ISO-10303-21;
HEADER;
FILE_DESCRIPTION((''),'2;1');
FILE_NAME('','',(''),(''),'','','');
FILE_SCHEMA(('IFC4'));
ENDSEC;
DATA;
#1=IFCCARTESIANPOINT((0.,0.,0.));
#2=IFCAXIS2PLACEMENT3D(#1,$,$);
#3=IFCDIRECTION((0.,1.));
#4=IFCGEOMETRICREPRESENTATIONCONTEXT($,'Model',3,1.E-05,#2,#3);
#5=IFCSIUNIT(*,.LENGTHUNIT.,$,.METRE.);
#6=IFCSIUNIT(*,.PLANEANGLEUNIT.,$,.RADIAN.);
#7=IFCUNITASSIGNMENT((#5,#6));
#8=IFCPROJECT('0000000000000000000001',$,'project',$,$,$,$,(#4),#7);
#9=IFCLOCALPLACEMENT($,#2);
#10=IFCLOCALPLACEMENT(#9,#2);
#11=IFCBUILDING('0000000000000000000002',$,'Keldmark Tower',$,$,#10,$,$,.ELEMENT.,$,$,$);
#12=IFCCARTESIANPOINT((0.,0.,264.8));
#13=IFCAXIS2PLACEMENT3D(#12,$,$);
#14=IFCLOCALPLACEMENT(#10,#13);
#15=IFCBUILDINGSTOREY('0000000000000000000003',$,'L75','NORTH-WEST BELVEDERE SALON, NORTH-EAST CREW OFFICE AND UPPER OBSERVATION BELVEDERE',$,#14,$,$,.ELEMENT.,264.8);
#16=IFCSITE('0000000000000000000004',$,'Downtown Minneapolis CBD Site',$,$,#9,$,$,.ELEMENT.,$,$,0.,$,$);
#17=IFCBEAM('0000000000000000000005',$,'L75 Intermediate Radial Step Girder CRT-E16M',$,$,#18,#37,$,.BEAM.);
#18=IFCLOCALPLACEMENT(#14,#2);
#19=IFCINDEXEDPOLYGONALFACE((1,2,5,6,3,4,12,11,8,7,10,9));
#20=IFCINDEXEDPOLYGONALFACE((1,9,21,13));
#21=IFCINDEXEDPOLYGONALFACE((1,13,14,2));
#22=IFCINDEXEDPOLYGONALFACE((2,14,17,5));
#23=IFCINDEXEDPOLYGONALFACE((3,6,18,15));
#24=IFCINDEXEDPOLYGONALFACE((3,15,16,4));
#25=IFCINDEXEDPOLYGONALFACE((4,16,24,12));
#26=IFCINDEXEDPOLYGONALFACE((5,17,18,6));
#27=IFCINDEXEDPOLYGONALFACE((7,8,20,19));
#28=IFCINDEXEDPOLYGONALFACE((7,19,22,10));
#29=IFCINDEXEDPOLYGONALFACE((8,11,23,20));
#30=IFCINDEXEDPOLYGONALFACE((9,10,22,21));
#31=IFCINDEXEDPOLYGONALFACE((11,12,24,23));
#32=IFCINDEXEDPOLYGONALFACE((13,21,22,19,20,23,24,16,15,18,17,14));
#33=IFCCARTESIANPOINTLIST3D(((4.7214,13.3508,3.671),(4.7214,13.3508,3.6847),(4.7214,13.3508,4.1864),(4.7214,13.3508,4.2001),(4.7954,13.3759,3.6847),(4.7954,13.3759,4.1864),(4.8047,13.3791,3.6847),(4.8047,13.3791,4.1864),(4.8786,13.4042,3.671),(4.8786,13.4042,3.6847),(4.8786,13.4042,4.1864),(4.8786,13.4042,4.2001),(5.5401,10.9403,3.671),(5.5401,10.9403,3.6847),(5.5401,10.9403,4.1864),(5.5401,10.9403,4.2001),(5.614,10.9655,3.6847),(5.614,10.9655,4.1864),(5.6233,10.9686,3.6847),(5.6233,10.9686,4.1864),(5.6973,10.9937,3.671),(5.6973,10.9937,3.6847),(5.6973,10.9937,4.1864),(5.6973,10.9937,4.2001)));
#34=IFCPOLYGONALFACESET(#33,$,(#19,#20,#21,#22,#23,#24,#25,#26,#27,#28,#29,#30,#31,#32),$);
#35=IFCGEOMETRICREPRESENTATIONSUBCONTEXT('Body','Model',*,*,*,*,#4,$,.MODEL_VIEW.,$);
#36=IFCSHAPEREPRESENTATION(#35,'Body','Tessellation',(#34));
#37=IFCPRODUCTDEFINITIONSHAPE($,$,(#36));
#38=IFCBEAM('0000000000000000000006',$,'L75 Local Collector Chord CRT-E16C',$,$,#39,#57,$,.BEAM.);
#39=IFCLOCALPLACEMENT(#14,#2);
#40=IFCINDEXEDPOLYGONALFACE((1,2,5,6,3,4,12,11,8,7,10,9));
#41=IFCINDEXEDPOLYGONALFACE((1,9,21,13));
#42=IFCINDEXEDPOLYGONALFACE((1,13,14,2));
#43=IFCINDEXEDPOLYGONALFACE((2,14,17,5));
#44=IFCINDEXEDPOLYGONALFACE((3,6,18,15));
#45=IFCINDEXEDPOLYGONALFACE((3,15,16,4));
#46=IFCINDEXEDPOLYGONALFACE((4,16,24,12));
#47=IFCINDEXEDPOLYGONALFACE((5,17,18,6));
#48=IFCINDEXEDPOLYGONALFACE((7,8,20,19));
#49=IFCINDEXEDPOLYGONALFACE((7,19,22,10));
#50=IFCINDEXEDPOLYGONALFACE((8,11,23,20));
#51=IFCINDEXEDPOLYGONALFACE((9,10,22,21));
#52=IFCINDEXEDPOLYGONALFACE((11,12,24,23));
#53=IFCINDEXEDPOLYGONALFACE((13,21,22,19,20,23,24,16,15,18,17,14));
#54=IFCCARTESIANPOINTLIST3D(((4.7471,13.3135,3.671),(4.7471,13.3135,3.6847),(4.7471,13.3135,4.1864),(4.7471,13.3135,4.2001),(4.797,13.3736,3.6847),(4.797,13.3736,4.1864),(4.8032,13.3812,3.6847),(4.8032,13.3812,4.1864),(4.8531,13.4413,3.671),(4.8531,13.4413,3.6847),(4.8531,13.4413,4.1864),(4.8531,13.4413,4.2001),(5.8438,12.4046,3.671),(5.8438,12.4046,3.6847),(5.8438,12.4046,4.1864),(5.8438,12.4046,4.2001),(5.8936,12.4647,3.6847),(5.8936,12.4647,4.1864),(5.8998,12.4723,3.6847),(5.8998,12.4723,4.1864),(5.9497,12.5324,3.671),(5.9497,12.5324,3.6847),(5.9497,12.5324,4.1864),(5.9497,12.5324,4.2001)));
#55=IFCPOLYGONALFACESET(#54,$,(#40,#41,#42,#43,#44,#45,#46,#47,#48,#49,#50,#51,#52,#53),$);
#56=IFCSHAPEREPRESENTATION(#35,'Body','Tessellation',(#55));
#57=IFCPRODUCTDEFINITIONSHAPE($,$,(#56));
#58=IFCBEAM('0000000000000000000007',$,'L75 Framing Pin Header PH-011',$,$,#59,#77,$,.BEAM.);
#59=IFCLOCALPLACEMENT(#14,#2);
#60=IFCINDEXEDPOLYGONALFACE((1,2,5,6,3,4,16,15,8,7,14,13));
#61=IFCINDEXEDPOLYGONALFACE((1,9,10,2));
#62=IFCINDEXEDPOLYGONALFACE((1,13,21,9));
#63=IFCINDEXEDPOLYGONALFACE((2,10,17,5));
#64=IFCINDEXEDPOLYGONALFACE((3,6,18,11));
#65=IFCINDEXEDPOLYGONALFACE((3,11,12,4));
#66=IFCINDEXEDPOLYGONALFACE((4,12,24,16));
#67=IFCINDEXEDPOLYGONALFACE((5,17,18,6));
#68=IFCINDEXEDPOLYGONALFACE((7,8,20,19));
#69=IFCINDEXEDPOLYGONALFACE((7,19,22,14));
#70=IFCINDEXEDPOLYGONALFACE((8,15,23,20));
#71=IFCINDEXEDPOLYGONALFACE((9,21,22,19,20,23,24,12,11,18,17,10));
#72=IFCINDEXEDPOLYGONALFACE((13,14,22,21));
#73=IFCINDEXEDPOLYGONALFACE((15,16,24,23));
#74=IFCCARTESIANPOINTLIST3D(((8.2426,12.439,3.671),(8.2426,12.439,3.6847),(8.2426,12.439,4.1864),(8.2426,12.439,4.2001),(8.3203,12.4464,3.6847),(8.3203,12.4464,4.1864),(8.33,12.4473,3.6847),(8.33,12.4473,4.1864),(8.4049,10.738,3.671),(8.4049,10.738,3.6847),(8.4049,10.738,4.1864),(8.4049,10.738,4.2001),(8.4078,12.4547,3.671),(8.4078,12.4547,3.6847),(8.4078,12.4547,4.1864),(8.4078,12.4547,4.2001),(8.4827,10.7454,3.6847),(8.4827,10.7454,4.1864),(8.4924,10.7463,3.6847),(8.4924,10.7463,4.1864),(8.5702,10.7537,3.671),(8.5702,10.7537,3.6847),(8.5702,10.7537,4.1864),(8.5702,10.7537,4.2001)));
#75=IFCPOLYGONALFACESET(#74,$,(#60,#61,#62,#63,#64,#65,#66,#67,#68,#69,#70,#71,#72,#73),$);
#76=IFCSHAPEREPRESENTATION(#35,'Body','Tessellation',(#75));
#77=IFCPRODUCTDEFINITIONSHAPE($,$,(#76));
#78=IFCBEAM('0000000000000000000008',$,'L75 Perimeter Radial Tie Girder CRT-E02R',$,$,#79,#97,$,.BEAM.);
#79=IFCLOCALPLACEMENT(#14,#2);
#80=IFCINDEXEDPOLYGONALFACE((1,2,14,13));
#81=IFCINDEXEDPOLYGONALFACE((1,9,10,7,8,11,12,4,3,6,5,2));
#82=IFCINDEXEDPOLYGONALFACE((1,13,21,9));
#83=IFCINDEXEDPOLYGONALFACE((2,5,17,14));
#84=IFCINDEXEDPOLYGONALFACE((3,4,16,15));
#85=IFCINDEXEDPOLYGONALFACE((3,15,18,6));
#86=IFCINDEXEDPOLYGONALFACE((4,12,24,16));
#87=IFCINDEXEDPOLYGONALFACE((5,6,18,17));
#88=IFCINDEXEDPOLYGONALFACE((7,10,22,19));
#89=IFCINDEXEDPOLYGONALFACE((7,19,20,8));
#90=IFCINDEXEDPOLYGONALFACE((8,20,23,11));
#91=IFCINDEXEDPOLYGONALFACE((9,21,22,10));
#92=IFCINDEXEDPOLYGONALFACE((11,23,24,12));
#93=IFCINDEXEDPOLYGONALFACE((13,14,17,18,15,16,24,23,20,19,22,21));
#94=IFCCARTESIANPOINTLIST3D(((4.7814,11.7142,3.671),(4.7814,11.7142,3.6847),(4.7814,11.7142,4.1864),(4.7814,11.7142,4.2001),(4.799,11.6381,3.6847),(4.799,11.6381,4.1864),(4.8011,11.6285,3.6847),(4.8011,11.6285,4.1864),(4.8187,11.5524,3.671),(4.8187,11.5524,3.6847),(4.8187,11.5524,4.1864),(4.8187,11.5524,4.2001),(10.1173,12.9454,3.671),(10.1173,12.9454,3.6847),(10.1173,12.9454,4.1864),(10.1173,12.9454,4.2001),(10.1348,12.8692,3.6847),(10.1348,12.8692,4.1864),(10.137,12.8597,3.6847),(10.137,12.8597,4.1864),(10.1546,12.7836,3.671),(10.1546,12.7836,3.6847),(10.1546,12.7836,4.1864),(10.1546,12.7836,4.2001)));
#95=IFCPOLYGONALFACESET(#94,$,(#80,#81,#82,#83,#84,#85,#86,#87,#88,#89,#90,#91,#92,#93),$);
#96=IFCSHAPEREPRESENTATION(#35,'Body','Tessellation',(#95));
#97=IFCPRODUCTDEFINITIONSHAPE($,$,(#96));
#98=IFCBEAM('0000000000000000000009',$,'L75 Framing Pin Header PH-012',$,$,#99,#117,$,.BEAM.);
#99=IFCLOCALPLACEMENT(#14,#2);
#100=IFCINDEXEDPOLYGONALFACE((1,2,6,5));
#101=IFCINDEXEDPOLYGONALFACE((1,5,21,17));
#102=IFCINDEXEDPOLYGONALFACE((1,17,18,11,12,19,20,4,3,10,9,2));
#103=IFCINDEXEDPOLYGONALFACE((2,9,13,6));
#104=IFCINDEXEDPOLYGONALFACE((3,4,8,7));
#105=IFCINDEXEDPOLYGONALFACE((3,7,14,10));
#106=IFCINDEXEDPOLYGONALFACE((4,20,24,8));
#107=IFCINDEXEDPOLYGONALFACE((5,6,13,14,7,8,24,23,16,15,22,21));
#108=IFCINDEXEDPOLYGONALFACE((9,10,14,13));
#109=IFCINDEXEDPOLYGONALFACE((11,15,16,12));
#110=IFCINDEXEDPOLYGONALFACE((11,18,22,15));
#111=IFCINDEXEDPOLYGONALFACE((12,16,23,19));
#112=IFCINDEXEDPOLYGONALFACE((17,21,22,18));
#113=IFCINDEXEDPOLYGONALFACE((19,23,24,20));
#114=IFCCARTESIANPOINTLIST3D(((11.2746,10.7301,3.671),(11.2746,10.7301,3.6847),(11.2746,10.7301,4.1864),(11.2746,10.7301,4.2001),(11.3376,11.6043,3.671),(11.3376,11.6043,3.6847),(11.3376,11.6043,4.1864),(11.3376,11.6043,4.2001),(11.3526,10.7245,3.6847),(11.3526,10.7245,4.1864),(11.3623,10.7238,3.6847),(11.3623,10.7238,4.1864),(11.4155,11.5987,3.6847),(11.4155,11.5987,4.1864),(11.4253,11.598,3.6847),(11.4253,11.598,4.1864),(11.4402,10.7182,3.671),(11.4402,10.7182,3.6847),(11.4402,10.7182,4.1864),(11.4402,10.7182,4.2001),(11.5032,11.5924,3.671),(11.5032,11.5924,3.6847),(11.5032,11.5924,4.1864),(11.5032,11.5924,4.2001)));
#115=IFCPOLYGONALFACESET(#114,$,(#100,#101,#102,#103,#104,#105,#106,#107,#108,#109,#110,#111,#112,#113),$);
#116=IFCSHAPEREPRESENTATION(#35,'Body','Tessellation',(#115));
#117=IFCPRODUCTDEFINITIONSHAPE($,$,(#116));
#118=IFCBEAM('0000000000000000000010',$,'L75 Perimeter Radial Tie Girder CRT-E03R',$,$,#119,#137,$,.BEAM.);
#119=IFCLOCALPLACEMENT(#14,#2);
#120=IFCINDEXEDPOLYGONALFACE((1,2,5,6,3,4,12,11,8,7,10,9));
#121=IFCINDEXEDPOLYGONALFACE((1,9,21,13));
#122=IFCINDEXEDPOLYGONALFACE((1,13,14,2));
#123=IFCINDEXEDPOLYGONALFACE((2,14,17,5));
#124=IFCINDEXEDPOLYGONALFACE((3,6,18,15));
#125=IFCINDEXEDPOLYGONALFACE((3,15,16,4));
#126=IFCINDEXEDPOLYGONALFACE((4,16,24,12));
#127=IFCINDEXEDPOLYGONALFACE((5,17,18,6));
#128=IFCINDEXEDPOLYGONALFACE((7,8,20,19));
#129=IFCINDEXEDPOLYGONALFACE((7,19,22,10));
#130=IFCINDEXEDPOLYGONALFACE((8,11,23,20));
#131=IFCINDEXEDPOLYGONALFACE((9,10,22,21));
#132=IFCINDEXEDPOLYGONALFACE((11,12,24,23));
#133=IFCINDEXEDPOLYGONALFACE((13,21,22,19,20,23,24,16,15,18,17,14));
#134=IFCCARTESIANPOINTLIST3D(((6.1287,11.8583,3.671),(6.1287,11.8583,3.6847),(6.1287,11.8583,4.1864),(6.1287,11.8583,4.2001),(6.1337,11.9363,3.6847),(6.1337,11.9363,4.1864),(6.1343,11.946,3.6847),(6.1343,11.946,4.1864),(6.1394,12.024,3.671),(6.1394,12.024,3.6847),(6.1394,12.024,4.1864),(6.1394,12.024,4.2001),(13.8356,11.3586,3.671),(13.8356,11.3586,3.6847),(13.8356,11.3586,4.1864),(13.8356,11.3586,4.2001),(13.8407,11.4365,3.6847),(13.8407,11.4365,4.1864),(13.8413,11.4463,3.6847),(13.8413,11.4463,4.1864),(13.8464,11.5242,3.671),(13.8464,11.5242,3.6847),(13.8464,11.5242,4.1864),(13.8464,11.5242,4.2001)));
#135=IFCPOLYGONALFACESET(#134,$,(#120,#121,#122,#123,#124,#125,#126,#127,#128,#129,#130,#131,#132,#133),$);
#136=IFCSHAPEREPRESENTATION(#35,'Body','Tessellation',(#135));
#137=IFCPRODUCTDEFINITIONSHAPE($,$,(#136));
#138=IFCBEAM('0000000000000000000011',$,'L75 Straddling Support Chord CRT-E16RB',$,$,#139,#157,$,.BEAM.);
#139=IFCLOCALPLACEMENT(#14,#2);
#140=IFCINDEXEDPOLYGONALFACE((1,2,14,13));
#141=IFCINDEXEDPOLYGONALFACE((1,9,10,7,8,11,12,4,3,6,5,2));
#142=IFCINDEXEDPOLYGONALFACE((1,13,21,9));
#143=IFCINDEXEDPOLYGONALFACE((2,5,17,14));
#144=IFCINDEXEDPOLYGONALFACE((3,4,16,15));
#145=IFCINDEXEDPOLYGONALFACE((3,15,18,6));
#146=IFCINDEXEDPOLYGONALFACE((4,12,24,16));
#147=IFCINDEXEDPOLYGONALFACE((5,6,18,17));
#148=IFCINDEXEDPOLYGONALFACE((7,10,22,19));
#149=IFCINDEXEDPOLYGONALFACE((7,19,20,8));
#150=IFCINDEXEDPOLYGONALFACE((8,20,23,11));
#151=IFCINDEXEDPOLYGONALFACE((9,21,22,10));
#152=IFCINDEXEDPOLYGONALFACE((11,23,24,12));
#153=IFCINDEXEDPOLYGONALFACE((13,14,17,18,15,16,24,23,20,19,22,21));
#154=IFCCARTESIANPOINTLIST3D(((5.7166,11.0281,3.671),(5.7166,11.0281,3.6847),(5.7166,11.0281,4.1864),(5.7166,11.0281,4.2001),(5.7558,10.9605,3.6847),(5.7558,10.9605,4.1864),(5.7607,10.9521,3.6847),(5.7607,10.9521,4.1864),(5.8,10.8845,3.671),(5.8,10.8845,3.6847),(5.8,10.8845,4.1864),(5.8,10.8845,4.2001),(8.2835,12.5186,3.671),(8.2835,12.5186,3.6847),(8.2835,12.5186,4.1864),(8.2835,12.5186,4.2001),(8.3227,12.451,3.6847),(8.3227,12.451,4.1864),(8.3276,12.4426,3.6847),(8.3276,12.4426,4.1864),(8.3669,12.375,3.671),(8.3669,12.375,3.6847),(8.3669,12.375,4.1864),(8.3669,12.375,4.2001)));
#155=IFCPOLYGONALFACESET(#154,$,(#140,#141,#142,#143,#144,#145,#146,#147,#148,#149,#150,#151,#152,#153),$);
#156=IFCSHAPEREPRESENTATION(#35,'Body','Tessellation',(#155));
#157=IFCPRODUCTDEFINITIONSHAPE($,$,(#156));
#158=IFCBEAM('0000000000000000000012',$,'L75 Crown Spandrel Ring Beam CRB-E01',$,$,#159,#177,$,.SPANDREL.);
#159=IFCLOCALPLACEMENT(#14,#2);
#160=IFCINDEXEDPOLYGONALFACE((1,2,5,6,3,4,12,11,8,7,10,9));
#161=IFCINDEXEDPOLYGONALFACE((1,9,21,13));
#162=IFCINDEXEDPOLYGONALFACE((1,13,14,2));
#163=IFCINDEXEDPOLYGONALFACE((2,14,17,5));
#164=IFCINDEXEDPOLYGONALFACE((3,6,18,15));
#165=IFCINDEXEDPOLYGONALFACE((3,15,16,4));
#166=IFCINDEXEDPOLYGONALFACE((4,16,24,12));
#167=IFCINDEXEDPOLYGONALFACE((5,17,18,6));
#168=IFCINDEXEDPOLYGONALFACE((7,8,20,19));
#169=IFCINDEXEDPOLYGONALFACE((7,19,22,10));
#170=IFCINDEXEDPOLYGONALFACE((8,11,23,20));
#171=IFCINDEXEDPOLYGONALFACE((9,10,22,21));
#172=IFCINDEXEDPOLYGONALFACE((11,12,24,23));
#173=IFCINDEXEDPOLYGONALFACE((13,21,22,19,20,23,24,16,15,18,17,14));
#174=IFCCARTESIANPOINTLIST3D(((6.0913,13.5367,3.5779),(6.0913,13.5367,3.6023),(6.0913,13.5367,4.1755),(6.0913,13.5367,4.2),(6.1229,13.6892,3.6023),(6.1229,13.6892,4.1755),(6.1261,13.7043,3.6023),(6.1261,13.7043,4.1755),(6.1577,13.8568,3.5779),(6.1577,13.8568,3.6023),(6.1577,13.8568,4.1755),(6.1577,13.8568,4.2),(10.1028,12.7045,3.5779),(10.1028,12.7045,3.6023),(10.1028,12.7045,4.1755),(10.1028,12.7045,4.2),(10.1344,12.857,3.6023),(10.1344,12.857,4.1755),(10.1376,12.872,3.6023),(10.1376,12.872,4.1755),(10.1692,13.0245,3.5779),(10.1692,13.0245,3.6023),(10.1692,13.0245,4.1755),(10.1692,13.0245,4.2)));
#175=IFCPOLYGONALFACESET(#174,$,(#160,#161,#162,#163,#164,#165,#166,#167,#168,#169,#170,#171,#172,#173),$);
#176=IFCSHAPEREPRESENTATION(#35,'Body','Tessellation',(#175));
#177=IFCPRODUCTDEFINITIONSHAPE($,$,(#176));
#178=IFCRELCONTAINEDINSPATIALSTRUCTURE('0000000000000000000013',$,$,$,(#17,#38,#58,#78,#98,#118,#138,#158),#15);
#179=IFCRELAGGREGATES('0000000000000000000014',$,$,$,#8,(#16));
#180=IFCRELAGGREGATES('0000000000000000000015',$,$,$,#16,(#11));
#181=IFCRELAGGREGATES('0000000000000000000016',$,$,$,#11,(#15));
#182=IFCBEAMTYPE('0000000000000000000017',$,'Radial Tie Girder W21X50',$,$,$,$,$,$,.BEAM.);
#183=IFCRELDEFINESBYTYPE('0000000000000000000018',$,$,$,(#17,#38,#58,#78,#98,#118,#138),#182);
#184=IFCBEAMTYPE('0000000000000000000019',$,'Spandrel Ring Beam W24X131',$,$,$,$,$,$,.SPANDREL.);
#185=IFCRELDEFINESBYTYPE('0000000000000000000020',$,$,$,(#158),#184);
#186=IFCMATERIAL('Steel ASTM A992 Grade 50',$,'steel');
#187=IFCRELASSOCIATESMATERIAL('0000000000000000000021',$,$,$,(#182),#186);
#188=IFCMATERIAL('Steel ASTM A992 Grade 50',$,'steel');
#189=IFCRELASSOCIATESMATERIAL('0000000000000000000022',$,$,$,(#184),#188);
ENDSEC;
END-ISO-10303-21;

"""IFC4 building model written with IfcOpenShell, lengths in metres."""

from ifc_helpers import new_model, si_unit, direction, frame, origin, origin_2d, place, context, subcontext, project, spatial, i_section, extrude, material, material_profile, profile_set, type_object, element, save


model = new_model("IFC4")

# Units and contexts
model_context = context("Model", 3, precision=1e-05, world=origin(), true_north=direction((0.0, 1.0)))
body_context = subcontext(model_context, "Body", "Model", "MODEL_VIEW")
ifc_project = project(units=[si_unit("LENGTHUNIT", "METRE"), si_unit("PLANEANGLEUNIT", "RADIAN")], contexts=[model_context])

# Site, building, storey
site_placement = place(None, origin())
site = spatial("IfcSite", under=ifc_project, at=site_placement, Name="Downtown Minneapolis CBD Site", CompositionType="ELEMENT", RefElevation=0.0)
building_placement = place(site_placement, origin())
building = spatial("IfcBuilding", under=site, at=building_placement, Name="Keldmark Tower", CompositionType="ELEMENT")
storey_placement = place(building_placement, frame((0.0, 0.0, 264.8)))
storey = spatial("IfcBuildingStorey", under=building, at=storey_placement, Name="L75", Description="NORTH-WEST BELVEDERE SALON, NORTH-EAST CREW OFFICE AND UPPER OBSERVATION BELVEDERE", CompositionType="ELEMENT", Elevation=264.8)

# Beams
ifc_material_1 = material(Name="Steel ASTM A992 Grade 50", Category="steel")
ifc_material_profile_1 = material_profile(ifc_material_1, i_section(OverallWidth=0.166, OverallDepth=0.5291, WebThickness=0.0098, FlangeThickness=0.0137, at=origin_2d()), Name="W21X50")
ifc_profile_set_1 = profile_set([ifc_material_profile_1], Name="Steel ASTM A992 Grade 50")
beam_type_1 = type_object("IfcBeamType", Name="Radial Tie Girder W21X50", PredefinedType="BEAM", material=ifc_profile_set_1)
beam_1_placement = place(storey_placement, frame((5.6187, 10.967, 3.9355), z_axis=(-0.321574, 0.946884, 0.0), x_axis=(-0.946884, -0.321574, 0.0)))
element("IfcBeam", 1, at=beam_1_placement, inside=storey, type_object=beam_type_1, Name="L75 Intermediate Radial Step Girder CRT-E16M", PredefinedType="BEAM", context=body_context, shape_type="SweptSolid", body=[
    extrude(i_section(OverallWidth=0.166, OverallDepth=0.5291, WebThickness=0.0098, FlangeThickness=0.0137, at=origin_2d()), origin(), (0.0, 0.0, 1.0), 2.5457),
])
beam_2_placement = place(storey_placement, frame((5.8967, 12.4685, 3.9355), z_axis=(-0.769933, 0.638125, 0.0), x_axis=(-0.638125, -0.769933, 0.0)))
element("IfcBeam", 2, at=beam_2_placement, inside=storey, type_object=beam_type_1, Name="L75 Local Collector Chord CRT-E16C", PredefinedType="BEAM", context=body_context, shape_type="SweptSolid", body=[
    extrude(i_section(OverallWidth=0.166, OverallDepth=0.5291, WebThickness=0.0098, FlangeThickness=0.0137, at=origin_2d()), origin(), (0.0, 0.0, 1.0), 1.4243),
])
beam_3_placement = place(storey_placement, frame((8.4875, 10.7458, 3.9355), z_axis=(-0.095018, 0.995476, 0.0), x_axis=(-0.995476, -0.095018, 0.0)))
element("IfcBeam", 3, at=beam_3_placement, inside=storey, type_object=beam_type_1, Name="L75 Framing Pin Header PH-011", PredefinedType="BEAM", context=body_context, shape_type="SweptSolid", body=[
    extrude(i_section(OverallWidth=0.166, OverallDepth=0.5291, WebThickness=0.0098, FlangeThickness=0.0137, at=origin_2d()), origin(), (0.0, 0.0, 1.0), 1.7087),
])
beam_4_placement = place(storey_placement, frame((4.8, 11.6333, 3.9355), z_axis=(0.974398, 0.22483, 0.0), x_axis=(-0.22483, 0.974398, 0.0)))
element("IfcBeam", 4, at=beam_4_placement, inside=storey, type_object=beam_type_1, Name="L75 Perimeter Radial Tie Girder CRT-E02R", PredefinedType="BEAM", context=body_context, shape_type="SweptSolid", body=[
    extrude(i_section(OverallWidth=0.166, OverallDepth=0.5291, WebThickness=0.0098, FlangeThickness=0.0137, at=origin_2d()), origin(), (0.0, 0.0, 1.0), 5.4761),
])
beam_5_placement = place(storey_placement, frame((11.3574, 10.7241, 3.9355), z_axis=(0.071861, 0.997415, 0.0), x_axis=(-0.997415, 0.071861, 0.0)))
element("IfcBeam", 5, at=beam_5_placement, inside=storey, type_object=beam_type_1, Name="L75 Framing Pin Header PH-012", PredefinedType="BEAM", context=body_context, shape_type="SweptSolid", body=[
    extrude(i_section(OverallWidth=0.166, OverallDepth=0.5291, WebThickness=0.0098, FlangeThickness=0.0137, at=origin_2d()), origin(), (0.0, 0.0, 1.0), 0.8765),
])
beam_6_placement = place(storey_placement, frame((6.134, 11.9412, 3.9355), z_axis=(0.997904, -0.064708, 0.0), x_axis=(0.064708, 0.997904, 0.0)))
element("IfcBeam", 6, at=beam_6_placement, inside=storey, type_object=beam_type_1, Name="L75 Perimeter Radial Tie Girder CRT-E03R", PredefinedType="BEAM", context=body_context, shape_type="SweptSolid", body=[
    extrude(i_section(OverallWidth=0.166, OverallDepth=0.5291, WebThickness=0.0098, FlangeThickness=0.0137, at=origin_2d()), origin(), (0.0, 0.0, 1.0), 7.7231),
])
beam_7_placement = place(storey_placement, frame((8.3252, 12.4468, 3.9355), z_axis=(-0.864785, -0.502141, 0.0), x_axis=(0.502141, -0.864785, 0.0)))
element("IfcBeam", 7, at=beam_7_placement, inside=storey, type_object=beam_type_1, Name="L75 Straddling Support Chord CRT-E16RB", PredefinedType="BEAM", context=body_context, shape_type="SweptSolid", body=[
    extrude(i_section(OverallWidth=0.166, OverallDepth=0.5291, WebThickness=0.0098, FlangeThickness=0.0137, at=origin_2d()), origin(), (0.0, 0.0, 1.0), 2.9683),
])
ifc_material_2 = material(Name="Steel ASTM A992 Grade 50", Category="steel")
ifc_material_profile_2 = material_profile(ifc_material_2, i_section(OverallWidth=0.3269, OverallDepth=0.6221, WebThickness=0.0154, FlangeThickness=0.0244, at=origin_2d()), Name="W24X131")
ifc_profile_set_2 = profile_set([ifc_material_profile_2], Name="Steel ASTM A992 Grade 50")
beam_type_2 = type_object("IfcBeamType", Name="Spandrel Ring Beam W24X131", PredefinedType="SPANDREL", material=ifc_profile_set_2)
beam_8_placement = place(storey_placement, frame((6.1245, 13.6968, 3.8889), z_axis=(0.979148, -0.203147, 0.0), x_axis=(0.203147, 0.979148, 0.0)))
element("IfcBeam", 8, at=beam_8_placement, inside=storey, type_object=beam_type_2, Name="L75 Crown Spandrel Ring Beam CRB-E01", PredefinedType="SPANDREL", context=body_context, shape_type="SweptSolid", body=[
    extrude(i_section(OverallWidth=0.3269, OverallDepth=0.6221, WebThickness=0.0154, FlangeThickness=0.0244, at=origin_2d()), origin(), (0.0, 0.0, 1.0), 4.0969),
])

save(model, "model.ifc")
